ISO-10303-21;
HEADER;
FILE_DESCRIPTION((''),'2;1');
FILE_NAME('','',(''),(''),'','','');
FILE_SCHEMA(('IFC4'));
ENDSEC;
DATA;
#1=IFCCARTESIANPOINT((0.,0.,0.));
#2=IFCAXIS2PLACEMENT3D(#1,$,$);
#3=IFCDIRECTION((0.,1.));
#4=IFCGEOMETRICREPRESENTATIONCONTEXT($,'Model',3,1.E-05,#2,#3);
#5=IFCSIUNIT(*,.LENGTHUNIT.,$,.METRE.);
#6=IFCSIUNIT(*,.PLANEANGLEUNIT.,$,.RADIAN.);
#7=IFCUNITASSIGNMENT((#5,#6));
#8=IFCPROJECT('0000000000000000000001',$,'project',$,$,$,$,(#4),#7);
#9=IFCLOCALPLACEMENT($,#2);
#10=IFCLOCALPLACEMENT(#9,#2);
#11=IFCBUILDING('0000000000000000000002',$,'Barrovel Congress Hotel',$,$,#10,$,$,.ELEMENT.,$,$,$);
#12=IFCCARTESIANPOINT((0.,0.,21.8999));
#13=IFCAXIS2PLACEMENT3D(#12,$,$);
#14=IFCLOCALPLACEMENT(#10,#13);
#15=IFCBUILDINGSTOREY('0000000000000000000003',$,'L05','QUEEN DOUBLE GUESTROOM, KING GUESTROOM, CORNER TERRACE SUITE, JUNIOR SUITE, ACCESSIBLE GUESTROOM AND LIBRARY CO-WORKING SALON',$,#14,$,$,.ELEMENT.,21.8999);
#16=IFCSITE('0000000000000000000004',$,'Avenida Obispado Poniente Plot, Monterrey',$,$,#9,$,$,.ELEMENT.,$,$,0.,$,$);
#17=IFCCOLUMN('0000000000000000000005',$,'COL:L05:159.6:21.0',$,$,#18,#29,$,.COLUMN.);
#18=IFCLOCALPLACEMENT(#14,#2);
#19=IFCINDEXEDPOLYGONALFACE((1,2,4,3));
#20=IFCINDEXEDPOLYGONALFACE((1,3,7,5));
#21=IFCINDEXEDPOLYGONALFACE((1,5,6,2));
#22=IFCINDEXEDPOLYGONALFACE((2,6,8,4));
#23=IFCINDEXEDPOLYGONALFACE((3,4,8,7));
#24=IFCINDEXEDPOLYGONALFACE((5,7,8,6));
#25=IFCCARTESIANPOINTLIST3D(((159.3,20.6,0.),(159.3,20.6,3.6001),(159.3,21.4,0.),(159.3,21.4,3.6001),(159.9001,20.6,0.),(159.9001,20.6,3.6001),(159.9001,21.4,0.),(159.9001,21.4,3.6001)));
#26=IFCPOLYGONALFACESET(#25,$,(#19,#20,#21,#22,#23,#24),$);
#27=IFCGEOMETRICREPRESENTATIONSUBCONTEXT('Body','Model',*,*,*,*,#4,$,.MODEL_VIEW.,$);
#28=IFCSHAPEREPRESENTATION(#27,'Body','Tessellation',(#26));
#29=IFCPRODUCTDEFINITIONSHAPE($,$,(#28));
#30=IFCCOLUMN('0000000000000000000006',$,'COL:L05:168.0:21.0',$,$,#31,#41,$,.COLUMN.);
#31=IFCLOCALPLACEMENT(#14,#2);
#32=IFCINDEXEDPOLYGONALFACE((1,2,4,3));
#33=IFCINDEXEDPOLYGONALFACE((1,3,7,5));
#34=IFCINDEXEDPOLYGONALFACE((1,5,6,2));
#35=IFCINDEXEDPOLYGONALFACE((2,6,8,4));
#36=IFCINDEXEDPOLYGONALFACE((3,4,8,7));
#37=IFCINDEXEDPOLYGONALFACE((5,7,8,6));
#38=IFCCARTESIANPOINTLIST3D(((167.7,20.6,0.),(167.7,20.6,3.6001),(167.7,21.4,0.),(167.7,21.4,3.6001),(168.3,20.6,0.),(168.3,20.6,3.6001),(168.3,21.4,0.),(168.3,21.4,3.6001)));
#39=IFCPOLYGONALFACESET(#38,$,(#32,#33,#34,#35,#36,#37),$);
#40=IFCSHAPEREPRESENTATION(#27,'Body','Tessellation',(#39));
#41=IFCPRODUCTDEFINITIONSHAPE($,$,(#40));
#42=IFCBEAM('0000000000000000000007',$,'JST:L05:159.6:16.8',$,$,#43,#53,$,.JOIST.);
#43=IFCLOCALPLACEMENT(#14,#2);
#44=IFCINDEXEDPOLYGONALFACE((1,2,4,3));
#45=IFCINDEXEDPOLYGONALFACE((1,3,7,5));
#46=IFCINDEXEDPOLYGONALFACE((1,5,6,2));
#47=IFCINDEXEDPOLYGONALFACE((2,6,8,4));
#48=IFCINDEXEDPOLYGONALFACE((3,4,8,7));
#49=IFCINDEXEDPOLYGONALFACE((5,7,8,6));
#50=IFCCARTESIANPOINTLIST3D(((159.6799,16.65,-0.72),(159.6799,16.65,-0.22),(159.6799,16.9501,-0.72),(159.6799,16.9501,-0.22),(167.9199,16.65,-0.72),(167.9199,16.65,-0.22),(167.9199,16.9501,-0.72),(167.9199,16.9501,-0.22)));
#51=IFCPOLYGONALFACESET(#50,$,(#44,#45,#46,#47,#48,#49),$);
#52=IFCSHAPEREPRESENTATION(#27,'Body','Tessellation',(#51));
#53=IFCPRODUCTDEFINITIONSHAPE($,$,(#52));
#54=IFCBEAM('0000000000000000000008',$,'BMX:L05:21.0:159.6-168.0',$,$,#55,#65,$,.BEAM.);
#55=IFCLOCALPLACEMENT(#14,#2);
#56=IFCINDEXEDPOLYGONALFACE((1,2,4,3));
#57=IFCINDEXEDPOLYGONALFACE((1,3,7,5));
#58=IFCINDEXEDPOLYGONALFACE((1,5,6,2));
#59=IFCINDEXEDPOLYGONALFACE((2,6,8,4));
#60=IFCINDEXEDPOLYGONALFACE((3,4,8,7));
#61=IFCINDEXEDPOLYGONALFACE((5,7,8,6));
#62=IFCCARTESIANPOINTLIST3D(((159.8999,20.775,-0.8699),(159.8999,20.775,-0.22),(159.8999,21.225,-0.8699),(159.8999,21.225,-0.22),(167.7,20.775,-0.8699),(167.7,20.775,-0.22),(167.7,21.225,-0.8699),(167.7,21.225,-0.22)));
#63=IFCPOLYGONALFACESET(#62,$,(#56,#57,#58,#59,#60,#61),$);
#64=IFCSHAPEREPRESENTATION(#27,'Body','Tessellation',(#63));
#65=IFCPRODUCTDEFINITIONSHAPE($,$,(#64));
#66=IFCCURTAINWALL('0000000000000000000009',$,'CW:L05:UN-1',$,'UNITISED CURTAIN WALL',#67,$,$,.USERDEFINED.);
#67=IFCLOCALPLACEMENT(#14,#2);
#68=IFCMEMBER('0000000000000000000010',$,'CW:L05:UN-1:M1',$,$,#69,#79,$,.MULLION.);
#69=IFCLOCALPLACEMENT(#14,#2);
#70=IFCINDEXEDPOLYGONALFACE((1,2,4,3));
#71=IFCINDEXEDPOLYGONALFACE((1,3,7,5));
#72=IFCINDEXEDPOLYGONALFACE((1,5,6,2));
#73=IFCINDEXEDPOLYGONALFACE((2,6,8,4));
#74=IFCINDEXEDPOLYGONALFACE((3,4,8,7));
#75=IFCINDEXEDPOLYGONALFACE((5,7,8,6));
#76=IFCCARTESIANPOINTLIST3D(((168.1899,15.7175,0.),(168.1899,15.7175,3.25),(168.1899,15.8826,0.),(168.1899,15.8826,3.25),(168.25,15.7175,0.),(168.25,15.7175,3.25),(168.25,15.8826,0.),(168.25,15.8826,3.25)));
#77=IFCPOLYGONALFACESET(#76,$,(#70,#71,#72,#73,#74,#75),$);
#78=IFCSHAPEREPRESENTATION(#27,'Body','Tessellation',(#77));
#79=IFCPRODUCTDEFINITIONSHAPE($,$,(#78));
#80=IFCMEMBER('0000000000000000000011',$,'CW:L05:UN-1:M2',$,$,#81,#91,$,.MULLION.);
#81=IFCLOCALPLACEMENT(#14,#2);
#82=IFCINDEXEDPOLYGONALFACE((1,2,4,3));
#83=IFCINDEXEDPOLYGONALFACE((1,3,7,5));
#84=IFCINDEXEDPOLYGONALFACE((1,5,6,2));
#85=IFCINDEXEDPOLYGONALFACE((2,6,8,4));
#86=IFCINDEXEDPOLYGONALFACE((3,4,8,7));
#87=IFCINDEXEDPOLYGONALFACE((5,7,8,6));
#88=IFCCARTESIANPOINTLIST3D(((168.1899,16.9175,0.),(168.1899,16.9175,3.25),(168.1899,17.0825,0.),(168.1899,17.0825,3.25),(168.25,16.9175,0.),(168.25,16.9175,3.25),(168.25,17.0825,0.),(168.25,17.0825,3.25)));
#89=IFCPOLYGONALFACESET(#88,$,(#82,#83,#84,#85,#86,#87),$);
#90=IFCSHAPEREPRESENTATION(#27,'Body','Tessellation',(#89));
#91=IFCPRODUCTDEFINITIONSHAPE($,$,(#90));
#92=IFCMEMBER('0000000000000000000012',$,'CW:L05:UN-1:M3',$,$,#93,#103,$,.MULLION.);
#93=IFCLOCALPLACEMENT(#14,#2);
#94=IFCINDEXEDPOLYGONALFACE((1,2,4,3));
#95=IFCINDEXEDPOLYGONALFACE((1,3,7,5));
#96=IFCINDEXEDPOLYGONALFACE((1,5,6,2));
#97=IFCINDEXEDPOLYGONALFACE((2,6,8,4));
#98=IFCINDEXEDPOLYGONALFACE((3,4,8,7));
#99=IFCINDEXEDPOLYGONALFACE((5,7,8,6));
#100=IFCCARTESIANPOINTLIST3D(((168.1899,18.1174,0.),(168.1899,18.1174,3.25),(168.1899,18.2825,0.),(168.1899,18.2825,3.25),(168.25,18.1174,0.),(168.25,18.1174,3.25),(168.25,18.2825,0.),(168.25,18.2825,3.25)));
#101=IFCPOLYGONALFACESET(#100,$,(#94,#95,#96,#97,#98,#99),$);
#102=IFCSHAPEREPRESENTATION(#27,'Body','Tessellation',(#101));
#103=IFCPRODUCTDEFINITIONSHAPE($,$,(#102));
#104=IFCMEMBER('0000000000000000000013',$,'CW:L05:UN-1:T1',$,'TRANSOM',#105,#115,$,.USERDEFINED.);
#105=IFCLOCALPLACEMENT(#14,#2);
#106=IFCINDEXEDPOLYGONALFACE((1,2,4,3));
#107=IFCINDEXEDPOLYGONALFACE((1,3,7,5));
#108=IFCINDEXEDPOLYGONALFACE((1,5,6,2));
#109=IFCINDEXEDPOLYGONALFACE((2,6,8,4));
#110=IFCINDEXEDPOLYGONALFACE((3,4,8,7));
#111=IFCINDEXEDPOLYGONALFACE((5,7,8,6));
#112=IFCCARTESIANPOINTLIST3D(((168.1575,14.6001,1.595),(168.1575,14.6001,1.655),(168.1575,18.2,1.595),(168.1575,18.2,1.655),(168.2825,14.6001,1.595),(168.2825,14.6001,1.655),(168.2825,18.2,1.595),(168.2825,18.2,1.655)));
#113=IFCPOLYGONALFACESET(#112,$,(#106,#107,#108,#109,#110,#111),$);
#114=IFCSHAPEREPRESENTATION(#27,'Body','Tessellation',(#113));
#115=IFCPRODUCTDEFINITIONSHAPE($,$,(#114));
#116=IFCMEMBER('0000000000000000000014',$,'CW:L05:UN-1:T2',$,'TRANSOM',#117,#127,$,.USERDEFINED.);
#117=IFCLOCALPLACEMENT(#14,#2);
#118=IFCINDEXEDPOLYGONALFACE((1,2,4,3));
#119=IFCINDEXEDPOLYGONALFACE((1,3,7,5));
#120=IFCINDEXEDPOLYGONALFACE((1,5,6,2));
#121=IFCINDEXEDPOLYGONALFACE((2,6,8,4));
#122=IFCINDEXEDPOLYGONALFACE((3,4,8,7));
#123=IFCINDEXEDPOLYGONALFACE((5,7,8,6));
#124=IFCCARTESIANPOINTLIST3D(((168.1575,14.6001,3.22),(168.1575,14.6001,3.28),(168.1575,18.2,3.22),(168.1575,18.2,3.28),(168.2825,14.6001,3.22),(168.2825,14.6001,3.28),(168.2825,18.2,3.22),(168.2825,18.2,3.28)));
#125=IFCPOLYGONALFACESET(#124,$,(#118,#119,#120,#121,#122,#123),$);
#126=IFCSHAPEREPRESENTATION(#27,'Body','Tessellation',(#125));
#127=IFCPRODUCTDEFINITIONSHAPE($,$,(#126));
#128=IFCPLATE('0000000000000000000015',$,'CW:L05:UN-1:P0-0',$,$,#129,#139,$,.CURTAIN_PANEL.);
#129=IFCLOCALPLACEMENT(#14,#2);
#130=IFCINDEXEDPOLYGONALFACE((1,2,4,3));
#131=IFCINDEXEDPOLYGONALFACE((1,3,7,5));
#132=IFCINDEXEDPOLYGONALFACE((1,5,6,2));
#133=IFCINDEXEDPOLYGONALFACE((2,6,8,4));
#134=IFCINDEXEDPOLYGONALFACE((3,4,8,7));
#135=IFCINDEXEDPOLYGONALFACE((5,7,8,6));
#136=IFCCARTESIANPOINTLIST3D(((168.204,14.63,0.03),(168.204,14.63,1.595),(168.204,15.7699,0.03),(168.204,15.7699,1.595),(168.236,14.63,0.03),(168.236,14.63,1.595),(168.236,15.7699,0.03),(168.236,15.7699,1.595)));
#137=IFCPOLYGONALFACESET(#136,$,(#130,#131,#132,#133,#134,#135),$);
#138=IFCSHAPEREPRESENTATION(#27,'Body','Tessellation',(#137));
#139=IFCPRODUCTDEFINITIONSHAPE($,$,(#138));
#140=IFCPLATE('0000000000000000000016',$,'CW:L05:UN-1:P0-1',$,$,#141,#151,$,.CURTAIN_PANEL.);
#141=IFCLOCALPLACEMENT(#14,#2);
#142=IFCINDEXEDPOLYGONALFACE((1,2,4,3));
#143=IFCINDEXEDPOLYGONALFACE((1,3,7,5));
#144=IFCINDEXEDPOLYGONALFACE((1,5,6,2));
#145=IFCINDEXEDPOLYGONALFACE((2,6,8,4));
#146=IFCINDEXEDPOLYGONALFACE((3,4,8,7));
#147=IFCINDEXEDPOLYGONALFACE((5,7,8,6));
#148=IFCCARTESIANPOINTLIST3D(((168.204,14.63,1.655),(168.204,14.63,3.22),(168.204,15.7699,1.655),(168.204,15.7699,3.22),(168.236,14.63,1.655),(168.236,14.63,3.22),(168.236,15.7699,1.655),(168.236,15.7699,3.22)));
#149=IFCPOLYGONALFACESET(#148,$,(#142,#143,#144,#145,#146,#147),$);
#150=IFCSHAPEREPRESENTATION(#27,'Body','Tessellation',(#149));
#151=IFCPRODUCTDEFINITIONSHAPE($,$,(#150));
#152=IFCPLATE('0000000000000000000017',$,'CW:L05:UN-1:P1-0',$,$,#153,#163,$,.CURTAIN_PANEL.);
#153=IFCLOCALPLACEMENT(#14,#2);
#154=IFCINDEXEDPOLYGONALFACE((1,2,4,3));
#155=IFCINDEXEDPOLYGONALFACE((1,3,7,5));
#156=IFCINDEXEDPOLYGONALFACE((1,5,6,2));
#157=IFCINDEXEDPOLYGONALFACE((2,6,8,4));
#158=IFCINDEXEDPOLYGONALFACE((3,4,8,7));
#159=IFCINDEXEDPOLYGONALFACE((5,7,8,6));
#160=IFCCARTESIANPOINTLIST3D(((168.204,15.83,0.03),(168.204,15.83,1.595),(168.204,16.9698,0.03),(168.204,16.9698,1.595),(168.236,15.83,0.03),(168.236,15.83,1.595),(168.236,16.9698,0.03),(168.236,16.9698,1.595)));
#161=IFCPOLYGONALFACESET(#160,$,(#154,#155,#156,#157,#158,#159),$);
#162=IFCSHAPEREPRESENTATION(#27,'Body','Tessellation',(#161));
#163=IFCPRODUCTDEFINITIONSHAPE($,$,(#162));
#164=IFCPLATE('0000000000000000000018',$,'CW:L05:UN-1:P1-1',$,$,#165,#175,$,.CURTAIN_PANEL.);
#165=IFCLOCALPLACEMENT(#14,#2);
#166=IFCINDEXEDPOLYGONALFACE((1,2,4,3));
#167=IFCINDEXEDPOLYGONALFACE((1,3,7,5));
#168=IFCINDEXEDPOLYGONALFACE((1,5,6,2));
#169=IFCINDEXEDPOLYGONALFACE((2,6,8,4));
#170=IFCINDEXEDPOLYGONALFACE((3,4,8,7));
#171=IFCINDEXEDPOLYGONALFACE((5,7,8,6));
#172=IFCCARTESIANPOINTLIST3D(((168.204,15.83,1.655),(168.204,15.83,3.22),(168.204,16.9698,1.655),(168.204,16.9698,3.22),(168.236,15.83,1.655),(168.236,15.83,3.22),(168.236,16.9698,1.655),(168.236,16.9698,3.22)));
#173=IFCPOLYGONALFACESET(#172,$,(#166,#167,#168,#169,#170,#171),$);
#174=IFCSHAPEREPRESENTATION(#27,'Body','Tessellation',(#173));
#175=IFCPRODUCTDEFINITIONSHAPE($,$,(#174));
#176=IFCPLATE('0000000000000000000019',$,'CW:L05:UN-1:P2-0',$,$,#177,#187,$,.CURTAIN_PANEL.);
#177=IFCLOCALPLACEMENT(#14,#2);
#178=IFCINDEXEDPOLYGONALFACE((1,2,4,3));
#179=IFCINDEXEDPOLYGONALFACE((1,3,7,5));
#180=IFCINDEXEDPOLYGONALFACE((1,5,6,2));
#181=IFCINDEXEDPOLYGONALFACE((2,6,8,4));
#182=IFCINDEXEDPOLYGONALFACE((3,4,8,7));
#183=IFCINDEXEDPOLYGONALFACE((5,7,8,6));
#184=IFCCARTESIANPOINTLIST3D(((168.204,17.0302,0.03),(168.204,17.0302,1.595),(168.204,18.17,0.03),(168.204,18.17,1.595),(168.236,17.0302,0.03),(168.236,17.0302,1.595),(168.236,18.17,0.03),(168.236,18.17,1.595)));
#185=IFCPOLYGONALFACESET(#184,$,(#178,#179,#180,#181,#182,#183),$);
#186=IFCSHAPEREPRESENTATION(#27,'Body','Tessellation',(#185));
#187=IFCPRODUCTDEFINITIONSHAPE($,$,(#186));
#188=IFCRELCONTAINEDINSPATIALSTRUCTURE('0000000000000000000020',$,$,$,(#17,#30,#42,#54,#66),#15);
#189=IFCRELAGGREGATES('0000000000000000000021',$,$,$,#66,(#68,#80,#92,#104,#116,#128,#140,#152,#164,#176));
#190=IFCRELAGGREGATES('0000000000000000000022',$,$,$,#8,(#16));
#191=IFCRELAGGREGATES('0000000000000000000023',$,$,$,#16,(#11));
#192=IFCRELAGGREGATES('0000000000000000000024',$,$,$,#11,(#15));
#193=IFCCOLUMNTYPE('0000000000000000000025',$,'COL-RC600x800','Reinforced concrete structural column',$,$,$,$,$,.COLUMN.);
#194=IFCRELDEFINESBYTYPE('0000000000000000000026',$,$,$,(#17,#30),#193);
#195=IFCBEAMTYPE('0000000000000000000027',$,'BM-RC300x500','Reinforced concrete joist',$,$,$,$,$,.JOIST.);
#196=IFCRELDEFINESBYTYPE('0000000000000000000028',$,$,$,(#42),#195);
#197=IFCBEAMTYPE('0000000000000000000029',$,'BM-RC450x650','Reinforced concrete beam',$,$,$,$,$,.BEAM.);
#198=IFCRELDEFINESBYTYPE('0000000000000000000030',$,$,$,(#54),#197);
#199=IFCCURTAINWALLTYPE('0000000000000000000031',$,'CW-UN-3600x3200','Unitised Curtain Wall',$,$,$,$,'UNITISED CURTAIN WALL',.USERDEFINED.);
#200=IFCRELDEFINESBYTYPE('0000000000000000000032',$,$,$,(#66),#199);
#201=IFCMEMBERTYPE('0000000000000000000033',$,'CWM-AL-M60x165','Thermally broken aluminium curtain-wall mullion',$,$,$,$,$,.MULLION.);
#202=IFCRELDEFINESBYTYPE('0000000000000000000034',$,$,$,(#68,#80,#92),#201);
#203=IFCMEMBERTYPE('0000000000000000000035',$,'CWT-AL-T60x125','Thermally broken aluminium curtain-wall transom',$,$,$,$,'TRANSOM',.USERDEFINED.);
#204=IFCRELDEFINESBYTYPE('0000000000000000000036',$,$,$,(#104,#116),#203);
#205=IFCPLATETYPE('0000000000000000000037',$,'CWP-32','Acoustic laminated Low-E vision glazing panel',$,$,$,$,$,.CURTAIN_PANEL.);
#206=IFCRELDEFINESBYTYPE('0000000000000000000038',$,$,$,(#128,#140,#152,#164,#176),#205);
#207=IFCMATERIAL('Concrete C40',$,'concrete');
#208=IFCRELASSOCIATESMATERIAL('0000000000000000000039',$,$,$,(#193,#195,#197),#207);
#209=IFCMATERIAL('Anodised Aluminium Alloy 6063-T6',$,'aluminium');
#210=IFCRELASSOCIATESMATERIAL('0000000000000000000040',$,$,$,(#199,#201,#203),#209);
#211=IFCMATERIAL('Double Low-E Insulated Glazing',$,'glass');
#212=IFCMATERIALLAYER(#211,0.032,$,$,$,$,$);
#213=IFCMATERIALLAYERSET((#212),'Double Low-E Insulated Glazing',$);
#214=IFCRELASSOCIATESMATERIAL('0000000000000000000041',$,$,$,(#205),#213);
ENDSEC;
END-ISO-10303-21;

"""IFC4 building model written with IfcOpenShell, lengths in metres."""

from ifc_helpers import new_model, si_unit, direction, frame, origin, origin_2d, place, context, subcontext, project, spatial, rectangle, extrude, material, layer, layer_set, material_profile, profile_set, type_object, element, aggregate, save


model = new_model("IFC4")

# Units and contexts
model_context = context("Model", 3, precision=1e-05, world=origin(), true_north=direction((0.0, 1.0)))
body_context = subcontext(model_context, "Body", "Model", "MODEL_VIEW")
ifc_project = project(units=[si_unit("LENGTHUNIT", "METRE"), si_unit("PLANEANGLEUNIT", "RADIAN")], contexts=[model_context])

# Site, building, storey
site_placement = place(None, origin())
site = spatial("IfcSite", under=ifc_project, at=site_placement, Name="Avenida Obispado Poniente Plot, Monterrey", CompositionType="ELEMENT", RefElevation=0.0)
building_placement = place(site_placement, origin())
building = spatial("IfcBuilding", under=site, at=building_placement, Name="Barrovel Congress Hotel", CompositionType="ELEMENT")
storey_placement = place(building_placement, frame((0.0, 0.0, 21.8999)))
storey = spatial("IfcBuildingStorey", under=building, at=storey_placement, Name="L05", Description="QUEEN DOUBLE GUESTROOM, KING GUESTROOM, CORNER TERRACE SUITE, JUNIOR SUITE, ACCESSIBLE GUESTROOM AND LIBRARY CO-WORKING SALON", CompositionType="ELEMENT", Elevation=21.8999)

# Columns
ifc_material_1 = material(Name="Concrete C40", Category="concrete")
ifc_material_profile_1 = material_profile(ifc_material_1, rectangle(XDim=0.6001, YDim=0.8, at=origin_2d()), Name="RC600x800")
ifc_profile_set_1 = profile_set([ifc_material_profile_1], Name="Concrete C40")
column_type = type_object("IfcColumnType", Name="COL-RC600x800", Description="Reinforced concrete structural column", PredefinedType="COLUMN", material=ifc_profile_set_1)
for number, where, z_axis, x_axis, name in (
    (1, (159.6001, 21.0, 0.0), (0.0, 0.0, 1.0), (1.0, 0.0, 0.0), "COL:L05:159.6:21.0"),
    (2, (168.0, 21.0, 0.0), (0.0, 0.0, 1.0), (1.0, 0.0, 0.0), "COL:L05:168.0:21.0"),
):
    element("IfcColumn", number, at=place(storey_placement, frame(where, z_axis=z_axis, x_axis=x_axis)), inside=storey, type_object=column_type, Name=name, PredefinedType="COLUMN", context=body_context, shape_type="SweptSolid", body=[
        extrude(rectangle(XDim=0.6001, YDim=0.8, at=origin_2d()), origin(), (0.0, 0.0, 1.0), 3.6001),
    ])

# Beams
ifc_material_profile_2 = material_profile(ifc_material_1, rectangle(XDim=0.3, YDim=0.5, at=origin_2d()), Name="RC300x500")
ifc_profile_set_2 = profile_set([ifc_material_profile_2], Name="Concrete C40")
beam_type_1 = type_object("IfcBeamType", Name="BM-RC300x500", Description="Reinforced concrete joist", PredefinedType="JOIST", material=ifc_profile_set_2)
beam_1_placement = place(storey_placement, frame((159.6799, 16.8, -0.47), z_axis=(1.0, 0.0, 0.0), x_axis=(0.0, 1.0, 0.0)))
element("IfcBeam", 3, at=beam_1_placement, inside=storey, type_object=beam_type_1, Name="JST:L05:159.6:16.8", PredefinedType="JOIST", context=body_context, shape_type="SweptSolid", body=[
    extrude(rectangle(XDim=0.3, YDim=0.5, at=origin_2d()), origin(), (0.0, 0.0, 1.0), 8.24),
])
ifc_material_profile_3 = material_profile(ifc_material_1, rectangle(XDim=0.45, YDim=0.6499, at=origin_2d()), Name="RC450x650")
ifc_profile_set_3 = profile_set([ifc_material_profile_3], Name="Concrete C40")
beam_type_2 = type_object("IfcBeamType", Name="BM-RC450x650", Description="Reinforced concrete beam", PredefinedType="BEAM", material=ifc_profile_set_3)
beam_2_placement = place(storey_placement, frame((159.8999, 21.0, -0.5449), z_axis=(1.0, 0.0, 0.0), x_axis=(0.0, 1.0, 0.0)))
element("IfcBeam", 4, at=beam_2_placement, inside=storey, type_object=beam_type_2, Name="BMX:L05:21.0:159.6-168.0", PredefinedType="BEAM", context=body_context, shape_type="SweptSolid", body=[
    extrude(rectangle(XDim=0.45, YDim=0.6499, at=origin_2d()), origin(), (0.0, 0.0, 1.0), 7.8),
])

# Curtain wall, members, plates
ifc_material_2 = material(Name="Anodised Aluminium Alloy 6063-T6", Category="aluminium")
curtain_wall_type = type_object("IfcCurtainWallType", Name="CW-UN-3600x3200", Description="Unitised Curtain Wall", ElementType="UNITISED CURTAIN WALL", PredefinedType="USERDEFINED", material=ifc_material_2)
curtain_wall_placement = place(storey_placement, origin())
curtain_wall = element("IfcCurtainWall", 5, at=curtain_wall_placement, inside=storey, type_object=curtain_wall_type, Name="CW:L05:UN-1", ObjectType="UNITISED CURTAIN WALL", PredefinedType="USERDEFINED")
ifc_material_profile_4 = material_profile(ifc_material_2, rectangle(XDim=0.0601, YDim=0.165, at=origin_2d()), Name="AL-M60x165")
ifc_profile_set_4 = profile_set([ifc_material_profile_4], Name="Anodised Aluminium Alloy 6063-T6")
member_type_1 = type_object("IfcMemberType", Name="CWM-AL-M60x165", Description="Thermally broken aluminium curtain-wall mullion", PredefinedType="MULLION", material=ifc_profile_set_4)
member_1_placement = place(storey_placement, frame((168.22, 15.8, 0.0), z_axis=(0.0, 0.0, 1.0), x_axis=(1.0, 0.0, 0.0)))
member_1 = element("IfcMember", 6, at=member_1_placement, type_object=member_type_1, Name="CW:L05:UN-1:M1", PredefinedType="MULLION", context=body_context, shape_type="SweptSolid", body=[
    extrude(rectangle(XDim=0.0601, YDim=0.165, at=origin_2d()), origin(), (0.0, 0.0, 1.0), 3.25),
])
member_2_placement = place(storey_placement, frame((168.22, 17.0, 0.0), z_axis=(0.0, 0.0, 1.0), x_axis=(1.0, 0.0, 0.0)))
member_2 = element("IfcMember", 7, at=member_2_placement, type_object=member_type_1, Name="CW:L05:UN-1:M2", PredefinedType="MULLION", context=body_context, shape_type="SweptSolid", body=[
    extrude(rectangle(XDim=0.0601, YDim=0.165, at=origin_2d()), origin(), (0.0, 0.0, 1.0), 3.25),
])
member_3_placement = place(storey_placement, frame((168.22, 18.2, 0.0), z_axis=(0.0, 0.0, 1.0), x_axis=(1.0, 0.0, 0.0)))
member_3 = element("IfcMember", 8, at=member_3_placement, type_object=member_type_1, Name="CW:L05:UN-1:M3", PredefinedType="MULLION", context=body_context, shape_type="SweptSolid", body=[
    extrude(rectangle(XDim=0.0601, YDim=0.165, at=origin_2d()), origin(), (0.0, 0.0, 1.0), 3.25),
])
ifc_material_profile_5 = material_profile(ifc_material_2, rectangle(XDim=0.125, YDim=0.0601, at=origin_2d()), Name="AL-T60x125")
ifc_profile_set_5 = profile_set([ifc_material_profile_5], Name="Anodised Aluminium Alloy 6063-T6")
member_type_2 = type_object("IfcMemberType", Name="CWT-AL-T60x125", Description="Thermally broken aluminium curtain-wall transom", ElementType="TRANSOM", PredefinedType="USERDEFINED", material=ifc_profile_set_5)
member_4_placement = place(storey_placement, frame((168.22, 14.6001, 1.625), z_axis=(0.0, 1.0, 0.0), x_axis=(-1.0, 0.0, 0.0)))
member_4 = element("IfcMember", 9, at=member_4_placement, type_object=member_type_2, Name="CW:L05:UN-1:T1", ObjectType="TRANSOM", PredefinedType="USERDEFINED", context=body_context, shape_type="SweptSolid", body=[
    extrude(rectangle(XDim=0.125, YDim=0.0601, at=origin_2d()), origin(), (0.0, 0.0, 1.0), 3.5999),
])
member_5_placement = place(storey_placement, frame((168.22, 14.6001, 3.25), z_axis=(0.0, 1.0, 0.0), x_axis=(-1.0, 0.0, 0.0)))
member_5 = element("IfcMember", 10, at=member_5_placement, type_object=member_type_2, Name="CW:L05:UN-1:T2", ObjectType="TRANSOM", PredefinedType="USERDEFINED", context=body_context, shape_type="SweptSolid", body=[
    extrude(rectangle(XDim=0.125, YDim=0.0601, at=origin_2d()), origin(), (0.0, 0.0, 1.0), 3.5999),
])
ifc_material_3 = material(Name="Double Low-E Insulated Glazing", Category="glass")
ifc_layer_1 = layer(ifc_material_3, 0.032)
ifc_layer_set_1 = layer_set([ifc_layer_1], Name="Double Low-E Insulated Glazing")
plate_type = type_object("IfcPlateType", Name="CWP-32", Description="Acoustic laminated Low-E vision glazing panel", PredefinedType="CURTAIN_PANEL", material=ifc_layer_set_1)
plate_1_placement = place(storey_placement, frame((168.22, 15.2, 0.03), z_axis=(0.0, 0.0, 1.0), x_axis=(0.0, 1.0, 0.0)))
plate_1 = element("IfcPlate", 11, at=plate_1_placement, type_object=plate_type, Name="CW:L05:UN-1:P0-0", PredefinedType="CURTAIN_PANEL", context=body_context, shape_type="SweptSolid", body=[
    extrude(rectangle(XDim=1.1399, YDim=0.032, at=origin_2d()), origin(), (0.0, 0.0, 1.0), 1.5649),
])
plate_2_placement = place(storey_placement, frame((168.22, 15.2, 1.655), z_axis=(0.0, 0.0, 1.0), x_axis=(0.0, 1.0, 0.0)))
plate_2 = element("IfcPlate", 12, at=plate_2_placement, type_object=plate_type, Name="CW:L05:UN-1:P0-1", PredefinedType="CURTAIN_PANEL", context=body_context, shape_type="SweptSolid", body=[
    extrude(rectangle(XDim=1.1399, YDim=0.032, at=origin_2d()), origin(), (0.0, 0.0, 1.0), 1.5649),
])
plate_3_placement = place(storey_placement, frame((168.22, 16.3999, 0.03), z_axis=(0.0, 0.0, 1.0), x_axis=(0.0, 1.0, 0.0)))
plate_3 = element("IfcPlate", 13, at=plate_3_placement, type_object=plate_type, Name="CW:L05:UN-1:P1-0", PredefinedType="CURTAIN_PANEL", context=body_context, shape_type="SweptSolid", body=[
    extrude(rectangle(XDim=1.1399, YDim=0.032, at=origin_2d()), origin(), (0.0, 0.0, 1.0), 1.5649),
])
plate_4_placement = place(storey_placement, frame((168.22, 16.3999, 1.655), z_axis=(0.0, 0.0, 1.0), x_axis=(0.0, 1.0, 0.0)))
plate_4 = element("IfcPlate", 14, at=plate_4_placement, type_object=plate_type, Name="CW:L05:UN-1:P1-1", PredefinedType="CURTAIN_PANEL", context=body_context, shape_type="SweptSolid", body=[
    extrude(rectangle(XDim=1.1399, YDim=0.032, at=origin_2d()), origin(), (0.0, 0.0, 1.0), 1.5649),
])
plate_5_placement = place(storey_placement, frame((168.22, 17.6001, 0.03), z_axis=(0.0, 0.0, 1.0), x_axis=(0.0, 1.0, 0.0)))
plate_5 = element("IfcPlate", 15, at=plate_5_placement, type_object=plate_type, Name="CW:L05:UN-1:P2-0", PredefinedType="CURTAIN_PANEL", context=body_context, shape_type="SweptSolid", body=[
    extrude(rectangle(XDim=1.1399, YDim=0.032, at=origin_2d()), origin(), (0.0, 0.0, 1.0), 1.5649),
])
aggregate(curtain_wall, [member_1, member_2, member_3, member_4, member_5, plate_1, plate_2, plate_3, plate_4, plate_5])

save(model, "model.ifc")
